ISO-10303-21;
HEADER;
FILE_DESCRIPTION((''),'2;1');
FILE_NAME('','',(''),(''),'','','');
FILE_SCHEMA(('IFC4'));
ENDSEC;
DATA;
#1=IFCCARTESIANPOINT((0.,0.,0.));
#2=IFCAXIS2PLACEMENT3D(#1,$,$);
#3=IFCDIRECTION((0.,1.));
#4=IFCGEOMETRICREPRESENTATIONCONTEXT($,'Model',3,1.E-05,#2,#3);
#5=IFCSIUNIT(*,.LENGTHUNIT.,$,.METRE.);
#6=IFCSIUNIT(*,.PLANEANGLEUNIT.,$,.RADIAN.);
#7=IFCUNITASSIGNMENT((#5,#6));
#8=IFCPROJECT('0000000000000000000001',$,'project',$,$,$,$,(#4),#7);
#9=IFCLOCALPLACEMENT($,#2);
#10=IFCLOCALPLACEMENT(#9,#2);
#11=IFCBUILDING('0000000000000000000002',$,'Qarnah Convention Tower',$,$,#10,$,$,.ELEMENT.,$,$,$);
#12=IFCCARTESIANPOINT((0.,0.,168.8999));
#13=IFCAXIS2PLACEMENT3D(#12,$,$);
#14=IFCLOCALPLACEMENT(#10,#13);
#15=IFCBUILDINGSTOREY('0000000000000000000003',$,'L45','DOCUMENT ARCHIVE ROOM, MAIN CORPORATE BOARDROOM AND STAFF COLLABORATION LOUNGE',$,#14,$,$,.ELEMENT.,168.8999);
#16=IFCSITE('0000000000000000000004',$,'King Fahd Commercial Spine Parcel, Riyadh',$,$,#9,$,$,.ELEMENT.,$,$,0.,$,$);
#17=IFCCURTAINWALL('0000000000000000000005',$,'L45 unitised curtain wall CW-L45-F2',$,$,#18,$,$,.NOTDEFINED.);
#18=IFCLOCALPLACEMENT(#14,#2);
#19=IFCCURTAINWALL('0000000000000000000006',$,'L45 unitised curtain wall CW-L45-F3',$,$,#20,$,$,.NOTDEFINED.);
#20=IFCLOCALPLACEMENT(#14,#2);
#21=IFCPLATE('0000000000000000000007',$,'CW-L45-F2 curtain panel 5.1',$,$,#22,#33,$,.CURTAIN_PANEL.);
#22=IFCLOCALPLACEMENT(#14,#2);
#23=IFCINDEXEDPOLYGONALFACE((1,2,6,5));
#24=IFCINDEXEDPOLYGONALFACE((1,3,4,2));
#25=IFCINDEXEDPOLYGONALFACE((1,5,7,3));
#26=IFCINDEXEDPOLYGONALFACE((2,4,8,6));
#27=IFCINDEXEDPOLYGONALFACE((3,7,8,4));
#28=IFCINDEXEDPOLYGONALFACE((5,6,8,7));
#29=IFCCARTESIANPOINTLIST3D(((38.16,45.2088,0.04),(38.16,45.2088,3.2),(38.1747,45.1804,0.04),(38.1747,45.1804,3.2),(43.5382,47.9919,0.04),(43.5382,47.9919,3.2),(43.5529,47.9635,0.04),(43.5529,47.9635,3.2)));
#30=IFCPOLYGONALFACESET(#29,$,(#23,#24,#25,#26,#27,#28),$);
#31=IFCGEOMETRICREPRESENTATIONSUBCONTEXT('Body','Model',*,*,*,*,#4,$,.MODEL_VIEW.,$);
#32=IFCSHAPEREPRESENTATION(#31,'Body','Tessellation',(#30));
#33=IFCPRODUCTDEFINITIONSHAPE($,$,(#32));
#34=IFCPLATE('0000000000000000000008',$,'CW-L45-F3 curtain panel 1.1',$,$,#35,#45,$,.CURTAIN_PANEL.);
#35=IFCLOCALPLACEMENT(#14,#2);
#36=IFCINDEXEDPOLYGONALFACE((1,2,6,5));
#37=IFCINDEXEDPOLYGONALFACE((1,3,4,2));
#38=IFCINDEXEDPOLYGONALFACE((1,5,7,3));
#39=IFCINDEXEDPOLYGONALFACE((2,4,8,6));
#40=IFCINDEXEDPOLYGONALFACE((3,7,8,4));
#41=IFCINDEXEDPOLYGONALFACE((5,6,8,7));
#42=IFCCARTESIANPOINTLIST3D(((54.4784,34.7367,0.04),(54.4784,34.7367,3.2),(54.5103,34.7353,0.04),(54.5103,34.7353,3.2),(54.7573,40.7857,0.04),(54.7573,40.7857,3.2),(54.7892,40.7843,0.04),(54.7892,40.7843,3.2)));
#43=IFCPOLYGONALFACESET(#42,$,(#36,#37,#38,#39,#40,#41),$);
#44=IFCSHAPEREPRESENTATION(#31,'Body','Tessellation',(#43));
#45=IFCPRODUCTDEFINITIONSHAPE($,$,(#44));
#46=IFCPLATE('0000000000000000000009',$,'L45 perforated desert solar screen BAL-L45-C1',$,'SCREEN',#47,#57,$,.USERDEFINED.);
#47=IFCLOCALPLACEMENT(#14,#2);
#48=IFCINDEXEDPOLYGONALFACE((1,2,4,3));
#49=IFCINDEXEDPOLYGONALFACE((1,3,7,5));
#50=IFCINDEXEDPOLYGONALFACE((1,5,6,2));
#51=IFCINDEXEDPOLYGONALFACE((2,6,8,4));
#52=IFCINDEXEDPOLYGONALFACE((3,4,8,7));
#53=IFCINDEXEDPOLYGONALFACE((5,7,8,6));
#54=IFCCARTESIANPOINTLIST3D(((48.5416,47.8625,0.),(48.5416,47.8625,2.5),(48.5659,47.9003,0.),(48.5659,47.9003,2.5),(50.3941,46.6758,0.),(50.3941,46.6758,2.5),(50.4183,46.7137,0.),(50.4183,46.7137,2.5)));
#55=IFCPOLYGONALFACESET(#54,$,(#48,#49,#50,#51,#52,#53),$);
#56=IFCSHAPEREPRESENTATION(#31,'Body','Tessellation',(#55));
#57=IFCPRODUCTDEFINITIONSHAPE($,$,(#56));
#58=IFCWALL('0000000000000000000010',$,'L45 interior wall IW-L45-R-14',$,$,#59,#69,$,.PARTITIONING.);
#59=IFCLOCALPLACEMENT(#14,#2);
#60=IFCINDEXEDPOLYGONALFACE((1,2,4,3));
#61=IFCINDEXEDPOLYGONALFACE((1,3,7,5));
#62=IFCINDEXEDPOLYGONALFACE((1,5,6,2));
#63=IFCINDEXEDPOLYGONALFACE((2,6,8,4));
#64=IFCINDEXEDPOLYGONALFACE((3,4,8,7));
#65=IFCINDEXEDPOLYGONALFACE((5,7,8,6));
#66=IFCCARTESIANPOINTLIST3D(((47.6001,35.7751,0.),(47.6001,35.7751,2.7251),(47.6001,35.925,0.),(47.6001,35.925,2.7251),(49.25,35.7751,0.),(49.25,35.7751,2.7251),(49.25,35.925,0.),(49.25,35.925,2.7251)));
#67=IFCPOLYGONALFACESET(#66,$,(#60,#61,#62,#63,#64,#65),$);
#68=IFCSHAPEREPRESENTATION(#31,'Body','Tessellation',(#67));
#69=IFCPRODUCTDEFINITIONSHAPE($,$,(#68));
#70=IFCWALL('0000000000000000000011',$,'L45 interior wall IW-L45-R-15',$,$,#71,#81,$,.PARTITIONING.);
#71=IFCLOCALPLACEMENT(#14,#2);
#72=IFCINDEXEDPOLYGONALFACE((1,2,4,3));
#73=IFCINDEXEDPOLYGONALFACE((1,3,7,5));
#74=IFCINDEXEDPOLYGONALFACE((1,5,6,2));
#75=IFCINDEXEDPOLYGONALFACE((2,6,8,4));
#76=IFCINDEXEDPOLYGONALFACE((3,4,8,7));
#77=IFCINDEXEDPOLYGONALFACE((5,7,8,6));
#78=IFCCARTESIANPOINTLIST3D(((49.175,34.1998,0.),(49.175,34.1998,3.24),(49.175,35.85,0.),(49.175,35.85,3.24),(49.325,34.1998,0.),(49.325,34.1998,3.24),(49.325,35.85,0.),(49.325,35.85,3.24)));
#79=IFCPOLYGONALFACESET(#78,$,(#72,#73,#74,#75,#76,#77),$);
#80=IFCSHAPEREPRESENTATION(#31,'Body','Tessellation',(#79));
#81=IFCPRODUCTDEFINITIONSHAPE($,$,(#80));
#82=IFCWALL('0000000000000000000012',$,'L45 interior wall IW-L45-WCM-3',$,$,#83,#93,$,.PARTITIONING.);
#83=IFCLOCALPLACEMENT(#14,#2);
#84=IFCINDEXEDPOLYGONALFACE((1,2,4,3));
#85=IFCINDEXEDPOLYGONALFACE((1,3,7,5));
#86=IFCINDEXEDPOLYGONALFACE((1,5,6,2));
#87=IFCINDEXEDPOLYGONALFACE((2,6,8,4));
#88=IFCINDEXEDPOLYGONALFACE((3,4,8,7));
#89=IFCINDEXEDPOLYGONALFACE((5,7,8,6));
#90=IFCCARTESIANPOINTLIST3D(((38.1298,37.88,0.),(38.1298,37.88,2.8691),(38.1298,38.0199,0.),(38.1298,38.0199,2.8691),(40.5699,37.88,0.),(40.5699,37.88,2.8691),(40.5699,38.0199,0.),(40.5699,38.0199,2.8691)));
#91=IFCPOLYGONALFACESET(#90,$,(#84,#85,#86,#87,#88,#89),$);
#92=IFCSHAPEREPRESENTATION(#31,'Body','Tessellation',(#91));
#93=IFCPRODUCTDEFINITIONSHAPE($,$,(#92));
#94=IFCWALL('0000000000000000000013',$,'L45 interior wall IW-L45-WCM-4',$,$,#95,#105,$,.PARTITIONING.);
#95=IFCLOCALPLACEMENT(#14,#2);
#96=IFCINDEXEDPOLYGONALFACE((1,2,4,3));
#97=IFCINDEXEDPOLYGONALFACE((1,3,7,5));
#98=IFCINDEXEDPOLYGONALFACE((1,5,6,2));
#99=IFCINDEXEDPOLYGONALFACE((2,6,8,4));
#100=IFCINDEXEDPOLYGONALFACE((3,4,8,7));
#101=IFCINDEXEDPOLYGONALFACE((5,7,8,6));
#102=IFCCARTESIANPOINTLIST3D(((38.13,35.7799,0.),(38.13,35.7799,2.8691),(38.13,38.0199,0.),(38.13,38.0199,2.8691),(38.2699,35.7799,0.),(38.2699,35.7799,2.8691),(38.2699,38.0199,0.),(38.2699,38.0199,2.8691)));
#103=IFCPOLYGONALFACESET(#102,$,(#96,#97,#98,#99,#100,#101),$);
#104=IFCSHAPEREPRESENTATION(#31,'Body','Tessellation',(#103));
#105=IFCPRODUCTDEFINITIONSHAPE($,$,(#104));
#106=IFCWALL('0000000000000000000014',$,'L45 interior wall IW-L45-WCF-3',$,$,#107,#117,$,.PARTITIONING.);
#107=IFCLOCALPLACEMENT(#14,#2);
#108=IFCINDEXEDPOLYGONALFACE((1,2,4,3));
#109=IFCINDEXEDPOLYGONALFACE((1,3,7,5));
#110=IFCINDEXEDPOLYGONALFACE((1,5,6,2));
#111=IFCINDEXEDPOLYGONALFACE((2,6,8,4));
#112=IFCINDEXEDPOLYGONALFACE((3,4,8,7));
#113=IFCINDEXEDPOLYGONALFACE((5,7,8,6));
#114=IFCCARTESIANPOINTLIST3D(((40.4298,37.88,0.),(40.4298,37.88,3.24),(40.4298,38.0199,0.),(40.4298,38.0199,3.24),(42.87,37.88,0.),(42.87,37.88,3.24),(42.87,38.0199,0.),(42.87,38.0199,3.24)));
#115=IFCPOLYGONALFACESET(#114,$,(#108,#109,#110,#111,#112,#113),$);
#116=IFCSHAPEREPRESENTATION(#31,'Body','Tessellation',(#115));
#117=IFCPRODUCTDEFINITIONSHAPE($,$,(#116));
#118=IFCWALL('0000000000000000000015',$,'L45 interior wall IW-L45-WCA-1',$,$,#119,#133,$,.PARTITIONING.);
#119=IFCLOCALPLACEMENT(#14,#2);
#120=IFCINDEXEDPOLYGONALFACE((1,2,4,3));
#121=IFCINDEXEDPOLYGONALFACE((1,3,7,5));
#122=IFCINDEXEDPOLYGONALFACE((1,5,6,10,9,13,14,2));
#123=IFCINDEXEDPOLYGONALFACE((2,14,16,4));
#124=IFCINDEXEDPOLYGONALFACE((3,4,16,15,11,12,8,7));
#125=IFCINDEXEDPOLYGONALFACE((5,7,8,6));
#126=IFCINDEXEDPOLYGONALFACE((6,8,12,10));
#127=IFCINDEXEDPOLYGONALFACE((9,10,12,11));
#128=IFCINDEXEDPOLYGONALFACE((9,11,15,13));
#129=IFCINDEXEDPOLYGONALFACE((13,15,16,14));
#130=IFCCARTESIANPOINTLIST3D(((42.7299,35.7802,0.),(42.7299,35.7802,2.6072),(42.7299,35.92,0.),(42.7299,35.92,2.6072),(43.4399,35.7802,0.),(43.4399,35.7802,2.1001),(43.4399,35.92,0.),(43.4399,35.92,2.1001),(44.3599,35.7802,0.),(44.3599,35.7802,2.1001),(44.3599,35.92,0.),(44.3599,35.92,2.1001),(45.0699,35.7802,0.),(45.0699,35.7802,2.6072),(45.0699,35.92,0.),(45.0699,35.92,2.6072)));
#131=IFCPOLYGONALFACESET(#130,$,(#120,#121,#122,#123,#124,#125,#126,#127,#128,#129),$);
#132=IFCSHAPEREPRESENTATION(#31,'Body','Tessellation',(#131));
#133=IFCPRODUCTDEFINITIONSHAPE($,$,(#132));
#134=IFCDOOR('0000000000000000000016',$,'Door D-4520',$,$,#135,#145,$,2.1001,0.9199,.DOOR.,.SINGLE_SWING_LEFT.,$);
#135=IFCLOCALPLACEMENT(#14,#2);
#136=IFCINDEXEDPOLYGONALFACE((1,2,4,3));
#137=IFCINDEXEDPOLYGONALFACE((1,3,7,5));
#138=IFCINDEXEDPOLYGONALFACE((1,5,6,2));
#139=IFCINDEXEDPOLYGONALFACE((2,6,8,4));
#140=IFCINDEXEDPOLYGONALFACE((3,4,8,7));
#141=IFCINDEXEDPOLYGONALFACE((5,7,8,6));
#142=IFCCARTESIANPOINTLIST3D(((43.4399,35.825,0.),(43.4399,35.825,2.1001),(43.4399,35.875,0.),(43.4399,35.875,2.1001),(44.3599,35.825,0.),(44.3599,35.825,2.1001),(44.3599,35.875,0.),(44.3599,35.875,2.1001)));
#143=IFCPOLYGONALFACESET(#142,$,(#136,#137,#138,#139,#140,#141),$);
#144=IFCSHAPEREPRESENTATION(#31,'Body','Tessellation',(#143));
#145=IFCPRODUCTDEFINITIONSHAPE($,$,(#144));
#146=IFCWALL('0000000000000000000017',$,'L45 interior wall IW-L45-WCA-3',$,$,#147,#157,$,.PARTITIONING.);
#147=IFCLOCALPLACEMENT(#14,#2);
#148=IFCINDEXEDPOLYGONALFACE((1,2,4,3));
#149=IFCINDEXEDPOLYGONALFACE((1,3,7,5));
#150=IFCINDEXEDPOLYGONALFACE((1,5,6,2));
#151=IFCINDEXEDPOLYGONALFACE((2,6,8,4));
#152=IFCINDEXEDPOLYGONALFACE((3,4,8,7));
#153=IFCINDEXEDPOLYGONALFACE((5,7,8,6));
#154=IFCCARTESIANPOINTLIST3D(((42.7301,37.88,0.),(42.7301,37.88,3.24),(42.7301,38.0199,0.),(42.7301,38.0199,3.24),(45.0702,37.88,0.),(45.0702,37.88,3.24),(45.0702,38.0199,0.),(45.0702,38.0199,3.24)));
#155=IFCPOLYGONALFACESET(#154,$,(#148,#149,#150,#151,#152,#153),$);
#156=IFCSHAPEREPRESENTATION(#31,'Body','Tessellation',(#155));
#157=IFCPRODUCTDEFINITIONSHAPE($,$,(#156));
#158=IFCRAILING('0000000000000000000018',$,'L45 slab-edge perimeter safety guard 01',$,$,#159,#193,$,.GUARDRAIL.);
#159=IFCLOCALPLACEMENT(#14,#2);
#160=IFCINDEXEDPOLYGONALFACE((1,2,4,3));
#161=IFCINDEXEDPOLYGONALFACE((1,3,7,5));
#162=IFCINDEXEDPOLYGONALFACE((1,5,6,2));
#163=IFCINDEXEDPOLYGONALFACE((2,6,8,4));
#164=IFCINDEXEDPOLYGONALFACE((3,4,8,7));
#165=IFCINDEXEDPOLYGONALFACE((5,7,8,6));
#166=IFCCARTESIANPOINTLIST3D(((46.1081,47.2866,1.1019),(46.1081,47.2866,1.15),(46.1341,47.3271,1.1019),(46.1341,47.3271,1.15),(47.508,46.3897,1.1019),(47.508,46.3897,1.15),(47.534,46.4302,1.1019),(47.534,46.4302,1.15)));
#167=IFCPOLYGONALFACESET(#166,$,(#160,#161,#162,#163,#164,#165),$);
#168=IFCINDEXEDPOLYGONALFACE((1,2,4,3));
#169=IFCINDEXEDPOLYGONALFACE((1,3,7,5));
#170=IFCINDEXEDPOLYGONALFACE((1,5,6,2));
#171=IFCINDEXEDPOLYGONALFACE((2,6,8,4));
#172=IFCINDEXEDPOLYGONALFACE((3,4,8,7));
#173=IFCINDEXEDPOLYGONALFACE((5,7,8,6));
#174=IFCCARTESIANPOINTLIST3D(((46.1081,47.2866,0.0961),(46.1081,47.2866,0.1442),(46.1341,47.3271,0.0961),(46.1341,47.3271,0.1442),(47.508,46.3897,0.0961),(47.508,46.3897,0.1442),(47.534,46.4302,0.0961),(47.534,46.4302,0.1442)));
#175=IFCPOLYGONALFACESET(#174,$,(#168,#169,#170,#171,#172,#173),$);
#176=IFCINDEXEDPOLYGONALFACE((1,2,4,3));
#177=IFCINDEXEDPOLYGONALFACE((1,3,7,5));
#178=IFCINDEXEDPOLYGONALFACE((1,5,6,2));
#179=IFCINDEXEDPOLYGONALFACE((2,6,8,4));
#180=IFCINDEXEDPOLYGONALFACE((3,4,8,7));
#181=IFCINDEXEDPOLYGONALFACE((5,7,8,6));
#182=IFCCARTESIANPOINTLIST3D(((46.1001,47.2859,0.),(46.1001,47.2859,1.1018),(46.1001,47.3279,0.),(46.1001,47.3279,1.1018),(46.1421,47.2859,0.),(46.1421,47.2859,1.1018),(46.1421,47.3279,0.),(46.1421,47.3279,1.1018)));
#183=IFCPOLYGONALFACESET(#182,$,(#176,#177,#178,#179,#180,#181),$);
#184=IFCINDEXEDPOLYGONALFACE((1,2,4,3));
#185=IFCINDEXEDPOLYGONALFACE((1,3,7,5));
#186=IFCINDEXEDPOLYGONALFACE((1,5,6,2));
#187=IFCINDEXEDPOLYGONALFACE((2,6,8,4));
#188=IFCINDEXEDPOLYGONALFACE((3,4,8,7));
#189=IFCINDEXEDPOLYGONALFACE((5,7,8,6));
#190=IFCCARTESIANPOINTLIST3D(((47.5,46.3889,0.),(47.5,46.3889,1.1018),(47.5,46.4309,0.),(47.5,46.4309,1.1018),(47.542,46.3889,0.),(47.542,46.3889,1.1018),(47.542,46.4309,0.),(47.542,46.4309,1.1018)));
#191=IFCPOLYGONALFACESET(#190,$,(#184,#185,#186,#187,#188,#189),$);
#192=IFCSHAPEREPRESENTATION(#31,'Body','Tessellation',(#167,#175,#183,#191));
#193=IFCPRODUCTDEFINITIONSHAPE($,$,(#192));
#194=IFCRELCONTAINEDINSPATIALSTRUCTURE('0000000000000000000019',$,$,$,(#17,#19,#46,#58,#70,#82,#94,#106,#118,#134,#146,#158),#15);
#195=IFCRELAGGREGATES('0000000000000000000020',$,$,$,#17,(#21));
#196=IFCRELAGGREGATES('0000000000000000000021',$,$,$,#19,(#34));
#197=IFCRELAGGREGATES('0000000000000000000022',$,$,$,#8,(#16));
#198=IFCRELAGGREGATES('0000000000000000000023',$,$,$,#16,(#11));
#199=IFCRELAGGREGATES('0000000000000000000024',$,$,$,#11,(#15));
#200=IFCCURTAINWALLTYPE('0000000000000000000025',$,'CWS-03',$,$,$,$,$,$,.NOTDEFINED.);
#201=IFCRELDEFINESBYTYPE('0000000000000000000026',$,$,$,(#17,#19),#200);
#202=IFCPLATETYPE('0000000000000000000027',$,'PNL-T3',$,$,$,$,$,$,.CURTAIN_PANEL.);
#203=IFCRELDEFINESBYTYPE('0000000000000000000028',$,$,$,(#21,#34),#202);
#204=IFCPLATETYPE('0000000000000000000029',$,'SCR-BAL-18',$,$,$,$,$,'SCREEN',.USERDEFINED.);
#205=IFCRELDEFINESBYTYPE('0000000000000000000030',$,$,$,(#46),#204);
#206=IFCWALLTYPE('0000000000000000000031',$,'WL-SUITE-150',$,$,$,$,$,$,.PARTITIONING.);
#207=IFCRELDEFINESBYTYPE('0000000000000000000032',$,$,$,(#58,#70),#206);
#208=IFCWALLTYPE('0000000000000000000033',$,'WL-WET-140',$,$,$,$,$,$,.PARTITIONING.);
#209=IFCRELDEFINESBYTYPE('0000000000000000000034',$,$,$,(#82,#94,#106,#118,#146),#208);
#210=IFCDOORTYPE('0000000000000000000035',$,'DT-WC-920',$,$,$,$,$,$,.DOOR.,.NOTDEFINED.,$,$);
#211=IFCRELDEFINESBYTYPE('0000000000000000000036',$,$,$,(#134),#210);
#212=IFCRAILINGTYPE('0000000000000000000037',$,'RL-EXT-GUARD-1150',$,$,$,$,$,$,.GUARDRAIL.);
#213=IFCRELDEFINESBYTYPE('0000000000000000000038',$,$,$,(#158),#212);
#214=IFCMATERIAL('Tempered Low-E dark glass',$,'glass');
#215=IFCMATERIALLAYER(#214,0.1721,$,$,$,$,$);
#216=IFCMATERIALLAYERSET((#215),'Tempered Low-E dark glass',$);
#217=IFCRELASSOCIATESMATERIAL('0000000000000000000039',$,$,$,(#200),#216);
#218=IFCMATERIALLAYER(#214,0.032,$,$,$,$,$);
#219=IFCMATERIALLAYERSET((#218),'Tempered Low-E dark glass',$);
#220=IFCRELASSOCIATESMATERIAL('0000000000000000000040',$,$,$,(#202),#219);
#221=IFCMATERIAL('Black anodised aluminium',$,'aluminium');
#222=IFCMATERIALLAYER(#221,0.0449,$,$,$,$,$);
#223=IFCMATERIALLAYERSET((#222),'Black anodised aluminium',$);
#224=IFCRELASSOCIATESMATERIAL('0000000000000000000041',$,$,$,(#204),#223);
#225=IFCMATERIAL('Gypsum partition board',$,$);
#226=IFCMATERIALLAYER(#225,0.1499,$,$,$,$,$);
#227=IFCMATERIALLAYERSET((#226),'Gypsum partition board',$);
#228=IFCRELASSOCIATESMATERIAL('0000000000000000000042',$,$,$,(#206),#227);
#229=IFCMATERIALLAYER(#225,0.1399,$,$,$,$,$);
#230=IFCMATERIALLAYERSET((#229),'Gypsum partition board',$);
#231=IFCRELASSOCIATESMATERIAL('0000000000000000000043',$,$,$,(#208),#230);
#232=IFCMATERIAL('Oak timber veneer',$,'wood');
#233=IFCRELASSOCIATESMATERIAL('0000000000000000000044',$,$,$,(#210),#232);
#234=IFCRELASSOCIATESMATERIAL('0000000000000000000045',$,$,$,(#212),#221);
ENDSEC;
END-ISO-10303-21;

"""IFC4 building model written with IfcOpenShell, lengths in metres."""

from ifc_helpers import new_model, si_unit, direction, frame, frame_2d, origin, origin_2d, place, context, subcontext, project, spatial, rectangle, extrude, material, layer, layer_set, type_object, element, fill, aggregate, save


model = new_model("IFC4")

# Units and contexts
model_context = context("Model", 3, precision=1e-05, world=origin(), true_north=direction((0.0, 1.0)))
body_context = subcontext(model_context, "Body", "Model", "MODEL_VIEW")
ifc_project = project(units=[si_unit("LENGTHUNIT", "METRE"), si_unit("PLANEANGLEUNIT", "RADIAN")], contexts=[model_context])

# Site, building, storey
site_placement = place(None, origin())
site = spatial("IfcSite", under=ifc_project, at=site_placement, Name="King Fahd Commercial Spine Parcel, Riyadh", CompositionType="ELEMENT", RefElevation=0.0)
building_placement = place(site_placement, origin())
building = spatial("IfcBuilding", under=site, at=building_placement, Name="Qarnah Convention Tower", CompositionType="ELEMENT")
storey_placement = place(building_placement, frame((0.0, 0.0, 168.8999)))
storey = spatial("IfcBuildingStorey", under=building, at=storey_placement, Name="L45", Description="DOCUMENT ARCHIVE ROOM, MAIN CORPORATE BOARDROOM AND STAFF COLLABORATION LOUNGE", CompositionType="ELEMENT", Elevation=168.8999)

# Curtain walls
ifc_material_1 = material(Name="Tempered Low-E dark glass", Category="glass")
ifc_layer_1 = layer(ifc_material_1, 0.1721)
ifc_layer_set_1 = layer_set([ifc_layer_1], Name="Tempered Low-E dark glass")
curtain_wall_type = type_object("IfcCurtainWallType", Name="CWS-03", PredefinedType="NOTDEFINED", material=ifc_layer_set_1)
curtain_wall_1_placement = place(storey_placement, origin())
curtain_wall_1 = element("IfcCurtainWall", 1, at=curtain_wall_1_placement, inside=storey, type_object=curtain_wall_type, Name="L45 unitised curtain wall CW-L45-F2", PredefinedType="NOTDEFINED")
ifc_material_2 = material(Name="Black anodised aluminium", Category="aluminium")
curtain_wall_2_placement = place(storey_placement, origin())
curtain_wall_2 = element("IfcCurtainWall", 2, at=curtain_wall_2_placement, inside=storey, type_object=curtain_wall_type, Name="L45 unitised curtain wall CW-L45-F3", PredefinedType="NOTDEFINED")

# Plates
ifc_layer_2 = layer(ifc_material_1, 0.032)
ifc_layer_set_2 = layer_set([ifc_layer_2], Name="Tempered Low-E dark glass")
plate_type_1 = type_object("IfcPlateType", Name="PNL-T3", PredefinedType="CURTAIN_PANEL", material=ifc_layer_set_2)
plate_1_placement = place(storey_placement, frame((40.8564, 46.5862, 0.04), z_axis=(0.0, 0.0, 1.0), x_axis=(0.888135, 0.459583, 0.0)))
plate_1 = element("IfcPlate", 3, at=plate_1_placement, type_object=plate_type_1, Name="CW-L45-F2 curtain panel 5.1", PredefinedType="CURTAIN_PANEL", context=body_context, shape_type="SweptSolid", body=[
    extrude(rectangle(XDim=6.0557, YDim=0.032, at=origin_2d()), origin(), (0.0, 0.0, 1.0), 3.1599),
])
aggregate(curtain_wall_1, [plate_1])
plate_2_placement = place(storey_placement, frame((54.6338, 37.7605, 0.04), z_axis=(0.0, 0.0, 1.0), x_axis=(-0.04606, -0.998939, 0.0)))
plate_2 = element("IfcPlate", 4, at=plate_2_placement, type_object=plate_type_1, Name="CW-L45-F3 curtain panel 1.1", PredefinedType="CURTAIN_PANEL", context=body_context, shape_type="SweptSolid", body=[
    extrude(rectangle(XDim=6.0554, YDim=0.032, at=origin_2d()), origin(), (0.0, 0.0, 1.0), 3.1599),
])
aggregate(curtain_wall_2, [plate_2])
ifc_layer_3 = layer(ifc_material_2, 0.0449)
ifc_layer_set_3 = layer_set([ifc_layer_3], Name="Black anodised aluminium")
plate_type_2 = type_object("IfcPlateType", Name="SCR-BAL-18", ElementType="SCREEN", PredefinedType="USERDEFINED", material=ifc_layer_set_3)
plate_3_placement = place(storey_placement, frame((49.48, 47.2881, 0.0), z_axis=(0.0, 0.0, 1.0), x_axis=(0.842046, -0.539406, 0.0)))
element("IfcPlate", 5, at=plate_3_placement, inside=storey, type_object=plate_type_2, Name="L45 perforated desert solar screen BAL-L45-C1", ObjectType="SCREEN", PredefinedType="USERDEFINED", context=body_context, shape_type="SweptSolid", body=[
    extrude(rectangle(XDim=2.2, YDim=0.0449, at=origin_2d()), origin(), (0.0, 0.0, 1.0), 2.5),
])

# Shared definitions
ifc_material_3 = material(Name="Gypsum partition board")
ifc_layer_4 = layer(ifc_material_3, 0.1499)
ifc_layer_set_4 = layer_set([ifc_layer_4], Name="Gypsum partition board")
wall_type_1 = type_object("IfcWallType", Name="WL-SUITE-150", PredefinedType="PARTITIONING", material=ifc_layer_set_4)
ifc_material_4 = material(Name="Oak timber veneer", Category="wood")

# Walls
wall_1_placement = place(storey_placement, frame((47.6001, 35.8501, 0.0), z_axis=(0.0, 0.0, 1.0), x_axis=(1.0, 0.0, 0.0)))
element("IfcWall", 6, at=wall_1_placement, inside=storey, type_object=wall_type_1, Name="L45 interior wall IW-L45-R-14", PredefinedType="PARTITIONING", context=body_context, shape_type="SweptSolid", body=[
    extrude(rectangle(XDim=1.6499, YDim=0.1499, at=frame_2d((0.825, 0.0))), origin(), (0.0, 0.0, 1.0), 2.7251),
])
wall_2_placement = place(storey_placement, frame((49.25, 35.8501, 0.0), z_axis=(0.0, 0.0, 1.0), x_axis=(0.0, -1.0, 0.0)))
element("IfcWall", 7, at=wall_2_placement, inside=storey, type_object=wall_type_1, Name="L45 interior wall IW-L45-R-15", PredefinedType="PARTITIONING", context=body_context, shape_type="SweptSolid", body=[
    extrude(rectangle(XDim=1.6501, YDim=0.1499, at=frame_2d((0.8252, 0.0))), origin(), (0.0, 0.0, 1.0), 3.24),
])
ifc_layer_5 = layer(ifc_material_3, 0.1399)
ifc_layer_set_5 = layer_set([ifc_layer_5], Name="Gypsum partition board")
wall_type_2 = type_object("IfcWallType", Name="WL-WET-140", PredefinedType="PARTITIONING", material=ifc_layer_set_5)
wall_3_placement = place(storey_placement, frame((40.5701, 37.95, 0.0), z_axis=(0.0, 0.0, 1.0), x_axis=(-1.0, 0.0, 0.0)))
element("IfcWall", 8, at=wall_3_placement, inside=storey, type_object=wall_type_2, Name="L45 interior wall IW-L45-WCM-3", PredefinedType="PARTITIONING", context=body_context, shape_type="SweptSolid", body=[
    extrude(rectangle(XDim=2.4402, YDim=0.1399, at=frame_2d((1.2202, 0.0))), origin(), (0.0, 0.0, 1.0), 2.8691),
])
wall_4_placement = place(storey_placement, frame((38.2, 38.02, 0.0), z_axis=(0.0, 0.0, 1.0), x_axis=(0.0, -1.0, 0.0)))
element("IfcWall", 9, at=wall_4_placement, inside=storey, type_object=wall_type_2, Name="L45 interior wall IW-L45-WCM-4", PredefinedType="PARTITIONING", context=body_context, shape_type="SweptSolid", body=[
    extrude(rectangle(XDim=2.24, YDim=0.1399, at=frame_2d((1.1201, 0.0))), origin(), (0.0, 0.0, 1.0), 2.8691),
])
wall_5_placement = place(storey_placement, frame((42.8701, 37.95, 0.0), z_axis=(0.0, 0.0, 1.0), x_axis=(-1.0, 0.0, 0.0)))
element("IfcWall", 10, at=wall_5_placement, inside=storey, type_object=wall_type_2, Name="L45 interior wall IW-L45-WCF-3", PredefinedType="PARTITIONING", context=body_context, shape_type="SweptSolid", body=[
    extrude(rectangle(XDim=2.4402, YDim=0.1399, at=frame_2d((1.2202, 0.0))), origin(), (0.0, 0.0, 1.0), 3.24),
])

# Wall, opening, door
wall_6_placement = place(storey_placement, frame((42.73, 35.8501, 0.0), z_axis=(0.0, 0.0, 1.0), x_axis=(1.0, 0.0, 0.0)))
wall_6 = element("IfcWall", 11, at=wall_6_placement, inside=storey, type_object=wall_type_2, Name="L45 interior wall IW-L45-WCA-1", PredefinedType="PARTITIONING", context=body_context, shape_type="SweptSolid", body=[
    extrude(rectangle(XDim=2.3401, YDim=0.1399, at=frame_2d((1.1699, 0.0))), origin(), (0.0, 0.0, 1.0), 2.6072),
])
opening_1_placement = place(wall_6_placement, frame((0.71, 0.0, 0.0)))
opening_1 = element("IfcOpeningElement", 12, at=opening_1_placement, cuts=wall_6, PredefinedType="OPENING", context=body_context, shape_type="SweptSolid", body=[
    extrude(rectangle(XDim=0.9199, YDim=2.1001, at=frame_2d((0.46, 1.05))), frame((0.0, 0.0798, 0.0), z_axis=(0.0, -1.0, 0.0), x_axis=(1.0, 0.0, 0.0)), (0.0, 0.0, 1.0), 0.1599),
])
door_type_1 = type_object("IfcDoorType", Name="DT-WC-920", OperationType="NOTDEFINED", PredefinedType="DOOR", material=ifc_material_4)
door_1_placement = place(opening_1_placement, origin())
door_1 = element("IfcDoor", 13, at=door_1_placement, inside=storey, type_object=door_type_1, Name="Door D-4520", OperationType="SINGLE_SWING_LEFT", OverallHeight=2.1001, OverallWidth=0.9199, PredefinedType="DOOR", context=body_context, shape_type="SweptSolid", body=[
    extrude(rectangle(XDim=0.9199, YDim=2.1001, at=frame_2d((0.46, 1.05))), frame((0.0, 0.0249, 0.0), z_axis=(0.0, -1.0, 0.0), x_axis=(1.0, 0.0, 0.0)), (0.0, 0.0, 1.0), 0.05),
])
fill(opening_1, door_1)

# Wall
wall_7_placement = place(storey_placement, frame((45.0701, 37.95, 0.0), z_axis=(0.0, 0.0, 1.0), x_axis=(-1.0, 0.0, 0.0)))
element("IfcWall", 14, at=wall_7_placement, inside=storey, type_object=wall_type_2, Name="L45 interior wall IW-L45-WCA-3", PredefinedType="PARTITIONING", context=body_context, shape_type="SweptSolid", body=[
    extrude(rectangle(XDim=2.3401, YDim=0.1399, at=frame_2d((1.1699, 0.0))), origin(), (0.0, 0.0, 1.0), 3.24),
])

# Railing
railing_type = type_object("IfcRailingType", Name="RL-EXT-GUARD-1150", PredefinedType="GUARDRAIL", material=ifc_material_2)
railing_1_placement = place(storey_placement, frame((46.1211, 47.3069, 0.0)))
element("IfcRailing", 15, at=railing_1_placement, inside=storey, type_object=railing_type, Name="L45 slab-edge perimeter safety guard 01", PredefinedType="GUARDRAIL", context=body_context, shape_type="SweptSolid", body=[
    extrude(rectangle(XDim=0.0481, YDim=0.0481, at=origin_2d()), frame((0.0, 0.0, 1.126), z_axis=(0.841989, -0.539495, 0.0), x_axis=(0.539495, 0.841989, 0.0)), (0.0, 0.0, 1.0), 1.6626),
    extrude(rectangle(XDim=0.0481, YDim=0.0481, at=origin_2d()), frame((0.0, 0.0, 0.1201), z_axis=(0.841989, -0.539495, 0.0), x_axis=(0.539495, 0.841989, 0.0)), (0.0, 0.0, 1.0), 1.6626),
    extrude(rectangle(XDim=0.042, YDim=0.042, at=origin_2d()), origin(), (0.0, 0.0, 1.0), 1.1018),
    extrude(rectangle(XDim=0.042, YDim=0.042, at=origin_2d()), frame((1.3999, -0.897, 0.0)), (0.0, 0.0, 1.0), 1.1018),
])

save(model, "model.ifc")
